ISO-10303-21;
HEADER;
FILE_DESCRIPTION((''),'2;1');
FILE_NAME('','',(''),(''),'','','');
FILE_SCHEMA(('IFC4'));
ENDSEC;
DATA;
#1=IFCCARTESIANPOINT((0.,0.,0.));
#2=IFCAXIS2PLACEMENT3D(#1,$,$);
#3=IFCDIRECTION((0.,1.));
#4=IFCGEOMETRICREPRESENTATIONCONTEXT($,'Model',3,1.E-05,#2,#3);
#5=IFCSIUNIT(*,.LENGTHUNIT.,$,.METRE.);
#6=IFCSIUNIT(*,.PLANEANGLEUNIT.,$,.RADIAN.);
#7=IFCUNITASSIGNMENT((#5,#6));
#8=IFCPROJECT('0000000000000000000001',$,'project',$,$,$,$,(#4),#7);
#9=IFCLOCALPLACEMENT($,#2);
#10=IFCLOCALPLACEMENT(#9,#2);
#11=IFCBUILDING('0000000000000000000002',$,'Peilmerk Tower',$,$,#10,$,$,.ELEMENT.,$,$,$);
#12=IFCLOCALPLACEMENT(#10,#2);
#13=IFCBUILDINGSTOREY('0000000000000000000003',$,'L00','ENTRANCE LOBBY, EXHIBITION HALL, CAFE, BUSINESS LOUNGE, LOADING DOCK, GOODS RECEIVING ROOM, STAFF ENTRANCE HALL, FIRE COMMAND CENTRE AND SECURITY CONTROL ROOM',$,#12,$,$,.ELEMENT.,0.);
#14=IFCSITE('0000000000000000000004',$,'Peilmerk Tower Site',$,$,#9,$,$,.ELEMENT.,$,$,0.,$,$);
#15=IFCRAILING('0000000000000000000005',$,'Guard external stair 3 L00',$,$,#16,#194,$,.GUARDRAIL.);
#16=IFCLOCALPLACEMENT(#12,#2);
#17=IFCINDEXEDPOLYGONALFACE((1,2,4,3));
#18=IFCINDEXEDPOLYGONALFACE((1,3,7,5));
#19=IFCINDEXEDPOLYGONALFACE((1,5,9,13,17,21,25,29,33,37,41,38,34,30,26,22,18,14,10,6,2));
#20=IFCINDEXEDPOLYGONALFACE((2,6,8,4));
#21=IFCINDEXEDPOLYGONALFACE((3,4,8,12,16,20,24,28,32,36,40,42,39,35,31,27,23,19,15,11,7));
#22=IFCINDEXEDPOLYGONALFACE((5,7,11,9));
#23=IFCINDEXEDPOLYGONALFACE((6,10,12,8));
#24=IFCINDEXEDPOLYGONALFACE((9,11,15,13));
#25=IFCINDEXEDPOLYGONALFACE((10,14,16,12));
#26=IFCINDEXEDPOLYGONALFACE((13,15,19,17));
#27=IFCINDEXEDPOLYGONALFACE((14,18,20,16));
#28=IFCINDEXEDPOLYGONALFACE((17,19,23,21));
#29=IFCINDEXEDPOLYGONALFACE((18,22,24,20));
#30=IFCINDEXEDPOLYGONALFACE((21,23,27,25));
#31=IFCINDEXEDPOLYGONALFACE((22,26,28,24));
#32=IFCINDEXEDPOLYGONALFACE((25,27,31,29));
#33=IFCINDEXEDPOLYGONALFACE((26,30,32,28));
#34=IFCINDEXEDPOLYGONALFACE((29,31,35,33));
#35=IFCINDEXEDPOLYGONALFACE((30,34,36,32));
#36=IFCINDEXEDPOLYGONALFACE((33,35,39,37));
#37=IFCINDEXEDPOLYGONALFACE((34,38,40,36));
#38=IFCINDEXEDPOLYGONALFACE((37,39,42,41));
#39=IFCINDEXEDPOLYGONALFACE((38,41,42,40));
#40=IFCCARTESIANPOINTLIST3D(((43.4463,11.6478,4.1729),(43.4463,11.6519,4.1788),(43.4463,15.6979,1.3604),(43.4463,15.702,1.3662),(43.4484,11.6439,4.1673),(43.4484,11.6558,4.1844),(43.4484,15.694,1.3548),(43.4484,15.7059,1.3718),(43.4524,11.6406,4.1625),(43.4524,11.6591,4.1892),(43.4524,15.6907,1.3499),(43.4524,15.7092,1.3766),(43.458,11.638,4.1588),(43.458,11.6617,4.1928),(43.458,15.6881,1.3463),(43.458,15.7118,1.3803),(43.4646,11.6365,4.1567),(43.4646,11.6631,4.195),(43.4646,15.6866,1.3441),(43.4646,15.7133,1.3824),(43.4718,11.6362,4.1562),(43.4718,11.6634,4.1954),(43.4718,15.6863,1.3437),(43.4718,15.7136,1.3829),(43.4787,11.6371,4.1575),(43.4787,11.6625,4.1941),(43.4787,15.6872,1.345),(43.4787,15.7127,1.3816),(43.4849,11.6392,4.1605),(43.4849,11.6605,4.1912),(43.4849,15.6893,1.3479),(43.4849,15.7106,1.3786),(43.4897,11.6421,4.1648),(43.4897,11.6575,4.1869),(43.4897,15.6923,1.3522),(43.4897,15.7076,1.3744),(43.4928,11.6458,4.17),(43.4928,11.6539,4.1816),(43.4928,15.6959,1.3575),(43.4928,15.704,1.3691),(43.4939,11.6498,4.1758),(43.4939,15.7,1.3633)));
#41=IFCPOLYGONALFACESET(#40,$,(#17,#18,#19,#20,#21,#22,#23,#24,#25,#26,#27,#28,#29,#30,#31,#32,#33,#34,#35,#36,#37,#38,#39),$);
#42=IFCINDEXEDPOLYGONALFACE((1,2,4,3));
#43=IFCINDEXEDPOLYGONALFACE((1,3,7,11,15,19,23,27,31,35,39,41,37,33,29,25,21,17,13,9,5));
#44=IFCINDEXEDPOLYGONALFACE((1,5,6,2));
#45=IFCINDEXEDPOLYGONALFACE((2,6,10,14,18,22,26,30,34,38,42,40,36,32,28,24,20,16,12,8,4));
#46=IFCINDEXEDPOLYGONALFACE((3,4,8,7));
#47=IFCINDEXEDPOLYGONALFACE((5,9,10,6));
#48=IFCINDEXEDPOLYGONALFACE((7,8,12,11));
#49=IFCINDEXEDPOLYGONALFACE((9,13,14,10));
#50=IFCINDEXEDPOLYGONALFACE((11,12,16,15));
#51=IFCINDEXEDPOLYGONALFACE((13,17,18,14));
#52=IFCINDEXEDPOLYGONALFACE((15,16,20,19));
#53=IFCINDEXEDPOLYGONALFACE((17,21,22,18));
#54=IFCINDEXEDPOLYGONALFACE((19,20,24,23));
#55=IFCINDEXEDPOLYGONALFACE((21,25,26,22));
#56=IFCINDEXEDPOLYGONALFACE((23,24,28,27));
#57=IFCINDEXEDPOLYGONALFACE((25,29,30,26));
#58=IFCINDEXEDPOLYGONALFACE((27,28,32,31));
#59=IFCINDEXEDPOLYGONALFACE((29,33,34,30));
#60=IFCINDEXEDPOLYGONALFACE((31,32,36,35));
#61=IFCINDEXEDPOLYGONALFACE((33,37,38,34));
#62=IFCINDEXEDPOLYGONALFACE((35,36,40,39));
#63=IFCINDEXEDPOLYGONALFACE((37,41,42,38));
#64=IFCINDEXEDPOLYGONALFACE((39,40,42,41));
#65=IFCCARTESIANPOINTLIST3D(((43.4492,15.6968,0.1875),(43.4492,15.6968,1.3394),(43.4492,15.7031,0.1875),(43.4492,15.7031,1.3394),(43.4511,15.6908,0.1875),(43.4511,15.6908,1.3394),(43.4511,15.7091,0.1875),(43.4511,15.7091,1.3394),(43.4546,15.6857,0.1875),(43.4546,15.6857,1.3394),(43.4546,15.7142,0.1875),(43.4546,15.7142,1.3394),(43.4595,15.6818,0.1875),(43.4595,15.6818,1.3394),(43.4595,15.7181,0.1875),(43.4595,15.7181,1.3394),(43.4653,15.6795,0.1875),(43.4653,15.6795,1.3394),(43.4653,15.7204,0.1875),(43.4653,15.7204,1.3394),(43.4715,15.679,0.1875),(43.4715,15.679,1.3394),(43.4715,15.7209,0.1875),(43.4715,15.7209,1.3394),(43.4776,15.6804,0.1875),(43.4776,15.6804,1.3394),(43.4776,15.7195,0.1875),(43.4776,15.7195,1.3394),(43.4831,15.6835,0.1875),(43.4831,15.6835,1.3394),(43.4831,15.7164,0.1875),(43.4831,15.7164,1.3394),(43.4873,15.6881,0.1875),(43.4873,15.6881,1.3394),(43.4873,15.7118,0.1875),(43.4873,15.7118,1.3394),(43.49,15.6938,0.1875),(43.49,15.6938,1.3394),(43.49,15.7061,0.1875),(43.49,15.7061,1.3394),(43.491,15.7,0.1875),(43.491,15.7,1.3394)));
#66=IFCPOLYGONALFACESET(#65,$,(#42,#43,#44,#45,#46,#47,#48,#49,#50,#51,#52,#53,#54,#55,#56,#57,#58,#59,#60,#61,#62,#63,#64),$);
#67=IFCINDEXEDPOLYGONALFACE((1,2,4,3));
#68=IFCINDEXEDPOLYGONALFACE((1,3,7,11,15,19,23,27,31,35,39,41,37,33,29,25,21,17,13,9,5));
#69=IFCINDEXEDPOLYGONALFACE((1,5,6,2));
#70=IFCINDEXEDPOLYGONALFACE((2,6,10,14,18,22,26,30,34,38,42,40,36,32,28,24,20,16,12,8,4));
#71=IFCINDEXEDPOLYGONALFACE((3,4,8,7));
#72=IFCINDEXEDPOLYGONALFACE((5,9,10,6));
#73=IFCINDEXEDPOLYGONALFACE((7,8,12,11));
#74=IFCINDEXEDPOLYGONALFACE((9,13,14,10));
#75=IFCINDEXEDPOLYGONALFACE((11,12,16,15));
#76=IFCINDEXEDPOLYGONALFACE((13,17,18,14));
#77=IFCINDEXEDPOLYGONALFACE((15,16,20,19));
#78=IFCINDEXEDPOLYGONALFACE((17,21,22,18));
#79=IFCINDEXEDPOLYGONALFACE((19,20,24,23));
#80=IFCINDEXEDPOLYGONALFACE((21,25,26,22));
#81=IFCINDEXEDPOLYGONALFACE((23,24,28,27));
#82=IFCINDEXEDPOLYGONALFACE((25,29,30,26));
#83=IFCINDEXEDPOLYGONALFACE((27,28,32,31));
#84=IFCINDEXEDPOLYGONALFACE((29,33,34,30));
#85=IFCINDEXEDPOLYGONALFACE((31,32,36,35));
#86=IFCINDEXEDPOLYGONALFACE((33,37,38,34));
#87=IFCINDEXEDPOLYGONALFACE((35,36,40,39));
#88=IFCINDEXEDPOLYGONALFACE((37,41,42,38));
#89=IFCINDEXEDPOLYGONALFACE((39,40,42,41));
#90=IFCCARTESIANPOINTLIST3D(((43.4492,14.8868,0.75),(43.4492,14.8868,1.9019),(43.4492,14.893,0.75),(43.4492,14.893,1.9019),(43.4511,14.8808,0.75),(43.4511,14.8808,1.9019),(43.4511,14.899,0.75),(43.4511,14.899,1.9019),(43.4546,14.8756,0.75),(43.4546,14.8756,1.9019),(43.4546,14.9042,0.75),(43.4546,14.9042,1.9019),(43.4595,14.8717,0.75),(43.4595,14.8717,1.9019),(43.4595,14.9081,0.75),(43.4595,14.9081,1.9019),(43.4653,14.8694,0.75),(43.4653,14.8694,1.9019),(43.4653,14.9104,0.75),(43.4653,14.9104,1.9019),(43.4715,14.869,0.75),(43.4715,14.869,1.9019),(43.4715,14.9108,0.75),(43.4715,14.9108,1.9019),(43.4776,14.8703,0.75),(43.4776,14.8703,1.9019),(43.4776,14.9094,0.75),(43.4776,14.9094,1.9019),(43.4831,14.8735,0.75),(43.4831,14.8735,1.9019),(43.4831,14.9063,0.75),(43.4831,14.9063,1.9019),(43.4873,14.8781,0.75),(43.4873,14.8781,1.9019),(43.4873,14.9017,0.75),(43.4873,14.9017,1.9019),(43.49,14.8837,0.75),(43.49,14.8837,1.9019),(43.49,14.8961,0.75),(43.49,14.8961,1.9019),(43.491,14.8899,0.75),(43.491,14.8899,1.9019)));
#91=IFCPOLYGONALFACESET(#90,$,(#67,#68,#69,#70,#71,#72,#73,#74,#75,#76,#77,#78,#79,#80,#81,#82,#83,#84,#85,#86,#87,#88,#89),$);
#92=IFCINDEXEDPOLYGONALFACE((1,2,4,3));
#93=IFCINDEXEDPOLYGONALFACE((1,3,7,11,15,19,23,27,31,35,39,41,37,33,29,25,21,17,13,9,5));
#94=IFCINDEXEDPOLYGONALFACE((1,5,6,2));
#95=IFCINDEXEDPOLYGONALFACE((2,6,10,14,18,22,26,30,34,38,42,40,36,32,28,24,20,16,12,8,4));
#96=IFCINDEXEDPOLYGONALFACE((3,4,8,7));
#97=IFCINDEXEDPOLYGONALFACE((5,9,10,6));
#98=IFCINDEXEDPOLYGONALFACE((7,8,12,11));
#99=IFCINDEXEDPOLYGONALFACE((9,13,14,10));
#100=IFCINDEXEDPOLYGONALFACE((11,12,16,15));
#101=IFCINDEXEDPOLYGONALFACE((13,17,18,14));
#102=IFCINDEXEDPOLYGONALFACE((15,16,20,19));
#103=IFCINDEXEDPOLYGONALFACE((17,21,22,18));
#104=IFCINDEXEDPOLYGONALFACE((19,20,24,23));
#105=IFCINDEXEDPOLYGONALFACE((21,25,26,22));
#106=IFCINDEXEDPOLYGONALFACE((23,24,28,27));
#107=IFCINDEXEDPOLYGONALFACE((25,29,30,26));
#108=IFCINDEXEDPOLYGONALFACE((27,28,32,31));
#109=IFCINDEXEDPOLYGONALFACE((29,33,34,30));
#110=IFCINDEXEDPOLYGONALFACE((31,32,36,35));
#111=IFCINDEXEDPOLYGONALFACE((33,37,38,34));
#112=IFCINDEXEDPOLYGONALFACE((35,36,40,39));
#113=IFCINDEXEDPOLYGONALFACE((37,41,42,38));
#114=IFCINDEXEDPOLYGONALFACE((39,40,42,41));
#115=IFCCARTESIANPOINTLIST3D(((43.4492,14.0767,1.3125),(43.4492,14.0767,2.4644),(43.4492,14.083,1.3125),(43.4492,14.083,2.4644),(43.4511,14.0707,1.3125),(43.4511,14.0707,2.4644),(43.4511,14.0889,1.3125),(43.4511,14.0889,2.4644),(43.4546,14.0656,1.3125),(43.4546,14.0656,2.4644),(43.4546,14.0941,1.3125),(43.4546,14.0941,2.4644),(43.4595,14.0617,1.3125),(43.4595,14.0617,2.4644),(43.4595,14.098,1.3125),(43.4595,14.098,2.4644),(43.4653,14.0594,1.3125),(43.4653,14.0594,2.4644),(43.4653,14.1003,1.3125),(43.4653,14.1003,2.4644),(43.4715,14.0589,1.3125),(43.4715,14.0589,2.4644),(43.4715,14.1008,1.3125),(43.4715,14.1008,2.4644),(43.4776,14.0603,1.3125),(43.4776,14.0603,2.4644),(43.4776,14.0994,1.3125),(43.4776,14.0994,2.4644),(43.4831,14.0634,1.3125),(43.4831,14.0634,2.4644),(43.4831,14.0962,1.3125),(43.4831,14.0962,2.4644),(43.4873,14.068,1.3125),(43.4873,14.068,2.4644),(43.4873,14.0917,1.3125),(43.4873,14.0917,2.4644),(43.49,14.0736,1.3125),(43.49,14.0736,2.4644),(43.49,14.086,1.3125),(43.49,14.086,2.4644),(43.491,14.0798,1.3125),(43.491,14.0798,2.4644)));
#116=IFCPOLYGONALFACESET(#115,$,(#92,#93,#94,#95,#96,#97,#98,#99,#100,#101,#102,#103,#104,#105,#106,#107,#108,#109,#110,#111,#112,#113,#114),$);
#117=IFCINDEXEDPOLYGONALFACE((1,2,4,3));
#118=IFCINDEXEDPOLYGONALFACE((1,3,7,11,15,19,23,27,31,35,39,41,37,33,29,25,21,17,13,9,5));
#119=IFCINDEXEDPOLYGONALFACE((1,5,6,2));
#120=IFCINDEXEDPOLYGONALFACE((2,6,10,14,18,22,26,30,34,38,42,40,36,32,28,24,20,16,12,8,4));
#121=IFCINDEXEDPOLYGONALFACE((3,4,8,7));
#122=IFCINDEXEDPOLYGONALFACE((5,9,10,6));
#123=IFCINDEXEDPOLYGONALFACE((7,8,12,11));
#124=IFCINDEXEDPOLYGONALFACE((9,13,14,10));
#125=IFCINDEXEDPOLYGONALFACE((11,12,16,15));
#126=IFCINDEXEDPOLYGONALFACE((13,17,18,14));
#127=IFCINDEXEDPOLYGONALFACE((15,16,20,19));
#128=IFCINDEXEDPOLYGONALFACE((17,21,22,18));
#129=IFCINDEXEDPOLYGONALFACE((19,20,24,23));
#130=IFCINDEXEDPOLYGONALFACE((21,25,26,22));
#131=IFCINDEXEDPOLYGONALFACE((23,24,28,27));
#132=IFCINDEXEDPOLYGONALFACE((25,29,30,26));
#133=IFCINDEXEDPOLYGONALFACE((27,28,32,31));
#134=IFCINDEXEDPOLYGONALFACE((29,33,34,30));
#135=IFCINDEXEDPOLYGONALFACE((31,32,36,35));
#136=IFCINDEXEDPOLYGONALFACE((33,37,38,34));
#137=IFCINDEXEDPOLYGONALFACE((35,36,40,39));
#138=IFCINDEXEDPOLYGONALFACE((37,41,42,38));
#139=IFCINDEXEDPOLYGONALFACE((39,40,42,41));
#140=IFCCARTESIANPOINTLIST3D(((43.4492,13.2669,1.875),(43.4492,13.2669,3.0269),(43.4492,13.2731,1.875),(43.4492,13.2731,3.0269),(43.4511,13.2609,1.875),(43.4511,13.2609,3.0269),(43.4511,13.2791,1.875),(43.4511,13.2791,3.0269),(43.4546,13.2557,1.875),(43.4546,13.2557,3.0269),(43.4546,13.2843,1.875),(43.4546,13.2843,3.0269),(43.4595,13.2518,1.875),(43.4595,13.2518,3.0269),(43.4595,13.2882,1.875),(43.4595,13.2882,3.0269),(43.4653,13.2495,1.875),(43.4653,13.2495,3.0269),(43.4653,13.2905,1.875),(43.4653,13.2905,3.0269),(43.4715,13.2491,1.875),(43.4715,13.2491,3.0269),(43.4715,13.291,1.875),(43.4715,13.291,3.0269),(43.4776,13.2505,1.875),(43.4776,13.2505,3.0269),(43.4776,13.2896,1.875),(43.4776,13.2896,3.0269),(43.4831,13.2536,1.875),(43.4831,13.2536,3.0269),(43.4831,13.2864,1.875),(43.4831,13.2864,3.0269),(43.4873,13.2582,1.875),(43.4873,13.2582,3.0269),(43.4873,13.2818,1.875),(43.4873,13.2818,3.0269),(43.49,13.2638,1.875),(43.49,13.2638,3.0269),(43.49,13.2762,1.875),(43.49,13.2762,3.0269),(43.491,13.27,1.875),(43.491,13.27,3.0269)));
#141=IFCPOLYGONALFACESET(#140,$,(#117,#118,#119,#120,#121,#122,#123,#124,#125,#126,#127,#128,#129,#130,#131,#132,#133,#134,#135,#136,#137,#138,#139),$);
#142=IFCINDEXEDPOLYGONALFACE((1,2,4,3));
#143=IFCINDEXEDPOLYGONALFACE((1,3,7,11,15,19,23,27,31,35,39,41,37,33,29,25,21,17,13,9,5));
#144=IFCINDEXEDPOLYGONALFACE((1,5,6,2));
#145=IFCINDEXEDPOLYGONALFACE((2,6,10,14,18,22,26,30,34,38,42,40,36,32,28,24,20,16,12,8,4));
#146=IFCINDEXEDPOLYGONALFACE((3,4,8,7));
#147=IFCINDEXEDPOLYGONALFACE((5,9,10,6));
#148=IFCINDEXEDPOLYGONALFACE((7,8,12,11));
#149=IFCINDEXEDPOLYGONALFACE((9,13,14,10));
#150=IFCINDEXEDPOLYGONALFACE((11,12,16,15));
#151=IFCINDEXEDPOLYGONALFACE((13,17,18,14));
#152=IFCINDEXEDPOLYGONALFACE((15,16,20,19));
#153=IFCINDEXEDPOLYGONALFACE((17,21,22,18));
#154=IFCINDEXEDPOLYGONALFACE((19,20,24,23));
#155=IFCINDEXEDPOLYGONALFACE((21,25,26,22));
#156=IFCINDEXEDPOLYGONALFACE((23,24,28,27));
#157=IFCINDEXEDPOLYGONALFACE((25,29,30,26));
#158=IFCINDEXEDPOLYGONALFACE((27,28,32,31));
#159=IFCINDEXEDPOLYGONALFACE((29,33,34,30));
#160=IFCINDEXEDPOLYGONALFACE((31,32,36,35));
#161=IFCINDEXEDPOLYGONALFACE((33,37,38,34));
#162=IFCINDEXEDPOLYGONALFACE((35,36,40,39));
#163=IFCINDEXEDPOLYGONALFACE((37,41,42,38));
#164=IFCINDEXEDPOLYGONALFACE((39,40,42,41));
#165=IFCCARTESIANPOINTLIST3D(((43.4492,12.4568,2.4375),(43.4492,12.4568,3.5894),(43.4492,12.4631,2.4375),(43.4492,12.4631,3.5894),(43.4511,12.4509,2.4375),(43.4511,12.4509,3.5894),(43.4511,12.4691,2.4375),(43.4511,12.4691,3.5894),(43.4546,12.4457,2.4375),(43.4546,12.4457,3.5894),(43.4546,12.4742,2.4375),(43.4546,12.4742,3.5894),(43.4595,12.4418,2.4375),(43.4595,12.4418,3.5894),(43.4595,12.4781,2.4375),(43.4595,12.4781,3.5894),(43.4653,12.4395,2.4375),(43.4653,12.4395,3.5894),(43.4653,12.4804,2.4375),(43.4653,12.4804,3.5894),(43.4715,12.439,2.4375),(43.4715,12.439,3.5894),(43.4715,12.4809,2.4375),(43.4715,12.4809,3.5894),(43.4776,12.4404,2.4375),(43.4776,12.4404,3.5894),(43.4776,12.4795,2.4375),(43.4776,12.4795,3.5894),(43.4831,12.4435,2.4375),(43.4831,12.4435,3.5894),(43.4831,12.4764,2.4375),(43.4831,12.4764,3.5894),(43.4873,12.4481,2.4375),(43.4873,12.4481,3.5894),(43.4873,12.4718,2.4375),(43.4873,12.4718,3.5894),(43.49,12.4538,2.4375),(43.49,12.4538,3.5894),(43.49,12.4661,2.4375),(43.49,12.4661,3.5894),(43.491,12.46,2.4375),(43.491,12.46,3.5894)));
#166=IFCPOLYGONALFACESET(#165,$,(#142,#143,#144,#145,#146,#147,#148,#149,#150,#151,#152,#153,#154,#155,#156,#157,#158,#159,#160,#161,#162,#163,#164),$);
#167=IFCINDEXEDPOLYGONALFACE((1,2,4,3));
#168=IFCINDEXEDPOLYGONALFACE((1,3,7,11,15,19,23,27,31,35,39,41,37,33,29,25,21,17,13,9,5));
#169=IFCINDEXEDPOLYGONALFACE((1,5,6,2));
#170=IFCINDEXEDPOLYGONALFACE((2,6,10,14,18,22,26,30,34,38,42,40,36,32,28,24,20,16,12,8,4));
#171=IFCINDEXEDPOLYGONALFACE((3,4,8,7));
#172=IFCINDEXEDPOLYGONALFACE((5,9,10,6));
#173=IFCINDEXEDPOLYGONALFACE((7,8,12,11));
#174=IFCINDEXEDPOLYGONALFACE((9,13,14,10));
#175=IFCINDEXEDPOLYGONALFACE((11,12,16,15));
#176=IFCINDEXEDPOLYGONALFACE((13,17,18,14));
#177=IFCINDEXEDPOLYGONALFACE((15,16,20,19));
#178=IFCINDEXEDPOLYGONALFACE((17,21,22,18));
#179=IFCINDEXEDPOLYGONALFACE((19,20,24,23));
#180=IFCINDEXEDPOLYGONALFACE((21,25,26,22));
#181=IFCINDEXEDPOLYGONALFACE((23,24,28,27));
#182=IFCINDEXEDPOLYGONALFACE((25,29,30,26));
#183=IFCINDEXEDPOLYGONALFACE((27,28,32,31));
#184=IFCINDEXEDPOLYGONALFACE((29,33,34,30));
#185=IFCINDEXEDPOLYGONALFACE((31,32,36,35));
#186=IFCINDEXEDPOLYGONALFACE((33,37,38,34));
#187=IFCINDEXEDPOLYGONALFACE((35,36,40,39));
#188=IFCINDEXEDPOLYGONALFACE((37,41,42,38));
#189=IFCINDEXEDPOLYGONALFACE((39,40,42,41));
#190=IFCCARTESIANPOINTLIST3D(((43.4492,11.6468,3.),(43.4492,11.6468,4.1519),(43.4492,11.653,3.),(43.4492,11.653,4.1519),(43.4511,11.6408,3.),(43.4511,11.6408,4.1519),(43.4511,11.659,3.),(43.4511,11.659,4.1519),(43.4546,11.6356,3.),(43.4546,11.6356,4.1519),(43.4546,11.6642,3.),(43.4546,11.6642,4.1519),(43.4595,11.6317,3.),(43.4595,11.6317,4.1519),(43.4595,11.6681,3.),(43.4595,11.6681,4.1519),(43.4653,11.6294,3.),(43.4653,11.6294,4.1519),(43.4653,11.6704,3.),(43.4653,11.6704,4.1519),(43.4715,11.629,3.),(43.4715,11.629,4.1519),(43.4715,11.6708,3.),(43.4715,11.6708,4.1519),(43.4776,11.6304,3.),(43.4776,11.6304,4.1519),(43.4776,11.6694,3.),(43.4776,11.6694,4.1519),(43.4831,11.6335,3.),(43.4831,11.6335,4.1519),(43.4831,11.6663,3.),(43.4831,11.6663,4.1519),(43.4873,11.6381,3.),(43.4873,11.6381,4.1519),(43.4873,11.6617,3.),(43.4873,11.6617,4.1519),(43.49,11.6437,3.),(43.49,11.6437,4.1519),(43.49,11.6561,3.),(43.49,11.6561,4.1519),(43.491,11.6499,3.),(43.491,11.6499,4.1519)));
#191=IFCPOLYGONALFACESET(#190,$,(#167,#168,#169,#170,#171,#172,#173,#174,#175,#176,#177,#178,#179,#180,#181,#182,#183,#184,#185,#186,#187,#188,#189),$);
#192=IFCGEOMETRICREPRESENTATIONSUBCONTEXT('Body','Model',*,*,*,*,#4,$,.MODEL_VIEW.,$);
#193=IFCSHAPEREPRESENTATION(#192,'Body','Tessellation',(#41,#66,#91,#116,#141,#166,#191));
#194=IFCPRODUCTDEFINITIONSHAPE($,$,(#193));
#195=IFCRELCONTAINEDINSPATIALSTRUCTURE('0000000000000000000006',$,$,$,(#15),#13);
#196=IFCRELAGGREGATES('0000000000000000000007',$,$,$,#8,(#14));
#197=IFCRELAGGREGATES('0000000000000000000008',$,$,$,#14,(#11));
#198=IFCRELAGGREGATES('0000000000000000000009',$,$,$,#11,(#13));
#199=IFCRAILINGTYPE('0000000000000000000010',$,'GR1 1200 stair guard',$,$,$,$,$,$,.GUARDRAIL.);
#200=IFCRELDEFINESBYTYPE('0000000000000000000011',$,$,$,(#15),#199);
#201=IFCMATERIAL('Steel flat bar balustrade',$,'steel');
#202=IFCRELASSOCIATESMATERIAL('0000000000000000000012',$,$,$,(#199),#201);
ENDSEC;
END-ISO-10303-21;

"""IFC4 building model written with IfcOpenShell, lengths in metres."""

from ifc_helpers import new_model, si_unit, direction, frame, origin, origin_2d, place, context, subcontext, project, spatial, circle, extrude, material, type_object, element, save


model = new_model("IFC4")

# Units and contexts
model_context = context("Model", 3, precision=1e-05, world=origin(), true_north=direction((0.0, 1.0)))
body_context = subcontext(model_context, "Body", "Model", "MODEL_VIEW")
ifc_project = project(units=[si_unit("LENGTHUNIT", "METRE"), si_unit("PLANEANGLEUNIT", "RADIAN")], contexts=[model_context])

# Site, building, storey
site_placement = place(None, origin())
site = spatial("IfcSite", under=ifc_project, at=site_placement, Name="Peilmerk Tower Site", CompositionType="ELEMENT", RefElevation=0.0)
building_placement = place(site_placement, origin())
building = spatial("IfcBuilding", under=site, at=building_placement, Name="Peilmerk Tower", CompositionType="ELEMENT")
storey_placement = place(building_placement, origin())
storey = spatial("IfcBuildingStorey", under=building, at=storey_placement, Name="L00", Description="ENTRANCE LOBBY, EXHIBITION HALL, CAFE, BUSINESS LOUNGE, LOADING DOCK, GOODS RECEIVING ROOM, STAFF ENTRANCE HALL, FIRE COMMAND CENTRE AND SECURITY CONTROL ROOM", CompositionType="ELEMENT", Elevation=0.0)

# Railing
ifc_material_1 = material(Name="Steel flat bar balustrade", Category="steel")
railing_type_1 = type_object("IfcRailingType", Name="GR1 1200 stair guard", PredefinedType="GUARDRAIL", material=ifc_material_1)
for number, where, name in (
    (1, (43.47, 15.7, 0.1875), "Guard external stair 3 L00"),
):
    element("IfcRailing", number, at=place(storey_placement, frame(where)), inside=storey, type_object=railing_type_1, Name=name, PredefinedType="GUARDRAIL", context=body_context, shape_type="SweptSolid", body=[
        extrude(circle(Radius=0.0239, at=origin_2d()), frame((0.0, 0.0, 1.1758), z_axis=(0.0, -0.821373, 0.570391), x_axis=(1.0, 0.0, 0.0)), (0.0, 0.0, 1.0), 4.9309),
        extrude(circle(Radius=0.021, at=origin_2d()), origin(), (0.0, 0.0, 1.0), 1.1519),
        extrude(circle(Radius=0.021, at=origin_2d()), frame((0.0, -0.8101, 0.5625)), (0.0, 0.0, 1.0), 1.1519),
        extrude(circle(Radius=0.021, at=origin_2d()), frame((0.0, -1.6201, 1.125)), (0.0, 0.0, 1.0), 1.1519),
        extrude(circle(Radius=0.021, at=origin_2d()), frame((0.0, -2.4299, 1.6875)), (0.0, 0.0, 1.0), 1.1519),
        extrude(circle(Radius=0.021, at=origin_2d()), frame((0.0, -3.24, 2.25)), (0.0, 0.0, 1.0), 1.1519),
        extrude(circle(Radius=0.021, at=origin_2d()), frame((0.0, -4.05, 2.8125)), (0.0, 0.0, 1.0), 1.1519),
    ])

save(model, "model.ifc")
